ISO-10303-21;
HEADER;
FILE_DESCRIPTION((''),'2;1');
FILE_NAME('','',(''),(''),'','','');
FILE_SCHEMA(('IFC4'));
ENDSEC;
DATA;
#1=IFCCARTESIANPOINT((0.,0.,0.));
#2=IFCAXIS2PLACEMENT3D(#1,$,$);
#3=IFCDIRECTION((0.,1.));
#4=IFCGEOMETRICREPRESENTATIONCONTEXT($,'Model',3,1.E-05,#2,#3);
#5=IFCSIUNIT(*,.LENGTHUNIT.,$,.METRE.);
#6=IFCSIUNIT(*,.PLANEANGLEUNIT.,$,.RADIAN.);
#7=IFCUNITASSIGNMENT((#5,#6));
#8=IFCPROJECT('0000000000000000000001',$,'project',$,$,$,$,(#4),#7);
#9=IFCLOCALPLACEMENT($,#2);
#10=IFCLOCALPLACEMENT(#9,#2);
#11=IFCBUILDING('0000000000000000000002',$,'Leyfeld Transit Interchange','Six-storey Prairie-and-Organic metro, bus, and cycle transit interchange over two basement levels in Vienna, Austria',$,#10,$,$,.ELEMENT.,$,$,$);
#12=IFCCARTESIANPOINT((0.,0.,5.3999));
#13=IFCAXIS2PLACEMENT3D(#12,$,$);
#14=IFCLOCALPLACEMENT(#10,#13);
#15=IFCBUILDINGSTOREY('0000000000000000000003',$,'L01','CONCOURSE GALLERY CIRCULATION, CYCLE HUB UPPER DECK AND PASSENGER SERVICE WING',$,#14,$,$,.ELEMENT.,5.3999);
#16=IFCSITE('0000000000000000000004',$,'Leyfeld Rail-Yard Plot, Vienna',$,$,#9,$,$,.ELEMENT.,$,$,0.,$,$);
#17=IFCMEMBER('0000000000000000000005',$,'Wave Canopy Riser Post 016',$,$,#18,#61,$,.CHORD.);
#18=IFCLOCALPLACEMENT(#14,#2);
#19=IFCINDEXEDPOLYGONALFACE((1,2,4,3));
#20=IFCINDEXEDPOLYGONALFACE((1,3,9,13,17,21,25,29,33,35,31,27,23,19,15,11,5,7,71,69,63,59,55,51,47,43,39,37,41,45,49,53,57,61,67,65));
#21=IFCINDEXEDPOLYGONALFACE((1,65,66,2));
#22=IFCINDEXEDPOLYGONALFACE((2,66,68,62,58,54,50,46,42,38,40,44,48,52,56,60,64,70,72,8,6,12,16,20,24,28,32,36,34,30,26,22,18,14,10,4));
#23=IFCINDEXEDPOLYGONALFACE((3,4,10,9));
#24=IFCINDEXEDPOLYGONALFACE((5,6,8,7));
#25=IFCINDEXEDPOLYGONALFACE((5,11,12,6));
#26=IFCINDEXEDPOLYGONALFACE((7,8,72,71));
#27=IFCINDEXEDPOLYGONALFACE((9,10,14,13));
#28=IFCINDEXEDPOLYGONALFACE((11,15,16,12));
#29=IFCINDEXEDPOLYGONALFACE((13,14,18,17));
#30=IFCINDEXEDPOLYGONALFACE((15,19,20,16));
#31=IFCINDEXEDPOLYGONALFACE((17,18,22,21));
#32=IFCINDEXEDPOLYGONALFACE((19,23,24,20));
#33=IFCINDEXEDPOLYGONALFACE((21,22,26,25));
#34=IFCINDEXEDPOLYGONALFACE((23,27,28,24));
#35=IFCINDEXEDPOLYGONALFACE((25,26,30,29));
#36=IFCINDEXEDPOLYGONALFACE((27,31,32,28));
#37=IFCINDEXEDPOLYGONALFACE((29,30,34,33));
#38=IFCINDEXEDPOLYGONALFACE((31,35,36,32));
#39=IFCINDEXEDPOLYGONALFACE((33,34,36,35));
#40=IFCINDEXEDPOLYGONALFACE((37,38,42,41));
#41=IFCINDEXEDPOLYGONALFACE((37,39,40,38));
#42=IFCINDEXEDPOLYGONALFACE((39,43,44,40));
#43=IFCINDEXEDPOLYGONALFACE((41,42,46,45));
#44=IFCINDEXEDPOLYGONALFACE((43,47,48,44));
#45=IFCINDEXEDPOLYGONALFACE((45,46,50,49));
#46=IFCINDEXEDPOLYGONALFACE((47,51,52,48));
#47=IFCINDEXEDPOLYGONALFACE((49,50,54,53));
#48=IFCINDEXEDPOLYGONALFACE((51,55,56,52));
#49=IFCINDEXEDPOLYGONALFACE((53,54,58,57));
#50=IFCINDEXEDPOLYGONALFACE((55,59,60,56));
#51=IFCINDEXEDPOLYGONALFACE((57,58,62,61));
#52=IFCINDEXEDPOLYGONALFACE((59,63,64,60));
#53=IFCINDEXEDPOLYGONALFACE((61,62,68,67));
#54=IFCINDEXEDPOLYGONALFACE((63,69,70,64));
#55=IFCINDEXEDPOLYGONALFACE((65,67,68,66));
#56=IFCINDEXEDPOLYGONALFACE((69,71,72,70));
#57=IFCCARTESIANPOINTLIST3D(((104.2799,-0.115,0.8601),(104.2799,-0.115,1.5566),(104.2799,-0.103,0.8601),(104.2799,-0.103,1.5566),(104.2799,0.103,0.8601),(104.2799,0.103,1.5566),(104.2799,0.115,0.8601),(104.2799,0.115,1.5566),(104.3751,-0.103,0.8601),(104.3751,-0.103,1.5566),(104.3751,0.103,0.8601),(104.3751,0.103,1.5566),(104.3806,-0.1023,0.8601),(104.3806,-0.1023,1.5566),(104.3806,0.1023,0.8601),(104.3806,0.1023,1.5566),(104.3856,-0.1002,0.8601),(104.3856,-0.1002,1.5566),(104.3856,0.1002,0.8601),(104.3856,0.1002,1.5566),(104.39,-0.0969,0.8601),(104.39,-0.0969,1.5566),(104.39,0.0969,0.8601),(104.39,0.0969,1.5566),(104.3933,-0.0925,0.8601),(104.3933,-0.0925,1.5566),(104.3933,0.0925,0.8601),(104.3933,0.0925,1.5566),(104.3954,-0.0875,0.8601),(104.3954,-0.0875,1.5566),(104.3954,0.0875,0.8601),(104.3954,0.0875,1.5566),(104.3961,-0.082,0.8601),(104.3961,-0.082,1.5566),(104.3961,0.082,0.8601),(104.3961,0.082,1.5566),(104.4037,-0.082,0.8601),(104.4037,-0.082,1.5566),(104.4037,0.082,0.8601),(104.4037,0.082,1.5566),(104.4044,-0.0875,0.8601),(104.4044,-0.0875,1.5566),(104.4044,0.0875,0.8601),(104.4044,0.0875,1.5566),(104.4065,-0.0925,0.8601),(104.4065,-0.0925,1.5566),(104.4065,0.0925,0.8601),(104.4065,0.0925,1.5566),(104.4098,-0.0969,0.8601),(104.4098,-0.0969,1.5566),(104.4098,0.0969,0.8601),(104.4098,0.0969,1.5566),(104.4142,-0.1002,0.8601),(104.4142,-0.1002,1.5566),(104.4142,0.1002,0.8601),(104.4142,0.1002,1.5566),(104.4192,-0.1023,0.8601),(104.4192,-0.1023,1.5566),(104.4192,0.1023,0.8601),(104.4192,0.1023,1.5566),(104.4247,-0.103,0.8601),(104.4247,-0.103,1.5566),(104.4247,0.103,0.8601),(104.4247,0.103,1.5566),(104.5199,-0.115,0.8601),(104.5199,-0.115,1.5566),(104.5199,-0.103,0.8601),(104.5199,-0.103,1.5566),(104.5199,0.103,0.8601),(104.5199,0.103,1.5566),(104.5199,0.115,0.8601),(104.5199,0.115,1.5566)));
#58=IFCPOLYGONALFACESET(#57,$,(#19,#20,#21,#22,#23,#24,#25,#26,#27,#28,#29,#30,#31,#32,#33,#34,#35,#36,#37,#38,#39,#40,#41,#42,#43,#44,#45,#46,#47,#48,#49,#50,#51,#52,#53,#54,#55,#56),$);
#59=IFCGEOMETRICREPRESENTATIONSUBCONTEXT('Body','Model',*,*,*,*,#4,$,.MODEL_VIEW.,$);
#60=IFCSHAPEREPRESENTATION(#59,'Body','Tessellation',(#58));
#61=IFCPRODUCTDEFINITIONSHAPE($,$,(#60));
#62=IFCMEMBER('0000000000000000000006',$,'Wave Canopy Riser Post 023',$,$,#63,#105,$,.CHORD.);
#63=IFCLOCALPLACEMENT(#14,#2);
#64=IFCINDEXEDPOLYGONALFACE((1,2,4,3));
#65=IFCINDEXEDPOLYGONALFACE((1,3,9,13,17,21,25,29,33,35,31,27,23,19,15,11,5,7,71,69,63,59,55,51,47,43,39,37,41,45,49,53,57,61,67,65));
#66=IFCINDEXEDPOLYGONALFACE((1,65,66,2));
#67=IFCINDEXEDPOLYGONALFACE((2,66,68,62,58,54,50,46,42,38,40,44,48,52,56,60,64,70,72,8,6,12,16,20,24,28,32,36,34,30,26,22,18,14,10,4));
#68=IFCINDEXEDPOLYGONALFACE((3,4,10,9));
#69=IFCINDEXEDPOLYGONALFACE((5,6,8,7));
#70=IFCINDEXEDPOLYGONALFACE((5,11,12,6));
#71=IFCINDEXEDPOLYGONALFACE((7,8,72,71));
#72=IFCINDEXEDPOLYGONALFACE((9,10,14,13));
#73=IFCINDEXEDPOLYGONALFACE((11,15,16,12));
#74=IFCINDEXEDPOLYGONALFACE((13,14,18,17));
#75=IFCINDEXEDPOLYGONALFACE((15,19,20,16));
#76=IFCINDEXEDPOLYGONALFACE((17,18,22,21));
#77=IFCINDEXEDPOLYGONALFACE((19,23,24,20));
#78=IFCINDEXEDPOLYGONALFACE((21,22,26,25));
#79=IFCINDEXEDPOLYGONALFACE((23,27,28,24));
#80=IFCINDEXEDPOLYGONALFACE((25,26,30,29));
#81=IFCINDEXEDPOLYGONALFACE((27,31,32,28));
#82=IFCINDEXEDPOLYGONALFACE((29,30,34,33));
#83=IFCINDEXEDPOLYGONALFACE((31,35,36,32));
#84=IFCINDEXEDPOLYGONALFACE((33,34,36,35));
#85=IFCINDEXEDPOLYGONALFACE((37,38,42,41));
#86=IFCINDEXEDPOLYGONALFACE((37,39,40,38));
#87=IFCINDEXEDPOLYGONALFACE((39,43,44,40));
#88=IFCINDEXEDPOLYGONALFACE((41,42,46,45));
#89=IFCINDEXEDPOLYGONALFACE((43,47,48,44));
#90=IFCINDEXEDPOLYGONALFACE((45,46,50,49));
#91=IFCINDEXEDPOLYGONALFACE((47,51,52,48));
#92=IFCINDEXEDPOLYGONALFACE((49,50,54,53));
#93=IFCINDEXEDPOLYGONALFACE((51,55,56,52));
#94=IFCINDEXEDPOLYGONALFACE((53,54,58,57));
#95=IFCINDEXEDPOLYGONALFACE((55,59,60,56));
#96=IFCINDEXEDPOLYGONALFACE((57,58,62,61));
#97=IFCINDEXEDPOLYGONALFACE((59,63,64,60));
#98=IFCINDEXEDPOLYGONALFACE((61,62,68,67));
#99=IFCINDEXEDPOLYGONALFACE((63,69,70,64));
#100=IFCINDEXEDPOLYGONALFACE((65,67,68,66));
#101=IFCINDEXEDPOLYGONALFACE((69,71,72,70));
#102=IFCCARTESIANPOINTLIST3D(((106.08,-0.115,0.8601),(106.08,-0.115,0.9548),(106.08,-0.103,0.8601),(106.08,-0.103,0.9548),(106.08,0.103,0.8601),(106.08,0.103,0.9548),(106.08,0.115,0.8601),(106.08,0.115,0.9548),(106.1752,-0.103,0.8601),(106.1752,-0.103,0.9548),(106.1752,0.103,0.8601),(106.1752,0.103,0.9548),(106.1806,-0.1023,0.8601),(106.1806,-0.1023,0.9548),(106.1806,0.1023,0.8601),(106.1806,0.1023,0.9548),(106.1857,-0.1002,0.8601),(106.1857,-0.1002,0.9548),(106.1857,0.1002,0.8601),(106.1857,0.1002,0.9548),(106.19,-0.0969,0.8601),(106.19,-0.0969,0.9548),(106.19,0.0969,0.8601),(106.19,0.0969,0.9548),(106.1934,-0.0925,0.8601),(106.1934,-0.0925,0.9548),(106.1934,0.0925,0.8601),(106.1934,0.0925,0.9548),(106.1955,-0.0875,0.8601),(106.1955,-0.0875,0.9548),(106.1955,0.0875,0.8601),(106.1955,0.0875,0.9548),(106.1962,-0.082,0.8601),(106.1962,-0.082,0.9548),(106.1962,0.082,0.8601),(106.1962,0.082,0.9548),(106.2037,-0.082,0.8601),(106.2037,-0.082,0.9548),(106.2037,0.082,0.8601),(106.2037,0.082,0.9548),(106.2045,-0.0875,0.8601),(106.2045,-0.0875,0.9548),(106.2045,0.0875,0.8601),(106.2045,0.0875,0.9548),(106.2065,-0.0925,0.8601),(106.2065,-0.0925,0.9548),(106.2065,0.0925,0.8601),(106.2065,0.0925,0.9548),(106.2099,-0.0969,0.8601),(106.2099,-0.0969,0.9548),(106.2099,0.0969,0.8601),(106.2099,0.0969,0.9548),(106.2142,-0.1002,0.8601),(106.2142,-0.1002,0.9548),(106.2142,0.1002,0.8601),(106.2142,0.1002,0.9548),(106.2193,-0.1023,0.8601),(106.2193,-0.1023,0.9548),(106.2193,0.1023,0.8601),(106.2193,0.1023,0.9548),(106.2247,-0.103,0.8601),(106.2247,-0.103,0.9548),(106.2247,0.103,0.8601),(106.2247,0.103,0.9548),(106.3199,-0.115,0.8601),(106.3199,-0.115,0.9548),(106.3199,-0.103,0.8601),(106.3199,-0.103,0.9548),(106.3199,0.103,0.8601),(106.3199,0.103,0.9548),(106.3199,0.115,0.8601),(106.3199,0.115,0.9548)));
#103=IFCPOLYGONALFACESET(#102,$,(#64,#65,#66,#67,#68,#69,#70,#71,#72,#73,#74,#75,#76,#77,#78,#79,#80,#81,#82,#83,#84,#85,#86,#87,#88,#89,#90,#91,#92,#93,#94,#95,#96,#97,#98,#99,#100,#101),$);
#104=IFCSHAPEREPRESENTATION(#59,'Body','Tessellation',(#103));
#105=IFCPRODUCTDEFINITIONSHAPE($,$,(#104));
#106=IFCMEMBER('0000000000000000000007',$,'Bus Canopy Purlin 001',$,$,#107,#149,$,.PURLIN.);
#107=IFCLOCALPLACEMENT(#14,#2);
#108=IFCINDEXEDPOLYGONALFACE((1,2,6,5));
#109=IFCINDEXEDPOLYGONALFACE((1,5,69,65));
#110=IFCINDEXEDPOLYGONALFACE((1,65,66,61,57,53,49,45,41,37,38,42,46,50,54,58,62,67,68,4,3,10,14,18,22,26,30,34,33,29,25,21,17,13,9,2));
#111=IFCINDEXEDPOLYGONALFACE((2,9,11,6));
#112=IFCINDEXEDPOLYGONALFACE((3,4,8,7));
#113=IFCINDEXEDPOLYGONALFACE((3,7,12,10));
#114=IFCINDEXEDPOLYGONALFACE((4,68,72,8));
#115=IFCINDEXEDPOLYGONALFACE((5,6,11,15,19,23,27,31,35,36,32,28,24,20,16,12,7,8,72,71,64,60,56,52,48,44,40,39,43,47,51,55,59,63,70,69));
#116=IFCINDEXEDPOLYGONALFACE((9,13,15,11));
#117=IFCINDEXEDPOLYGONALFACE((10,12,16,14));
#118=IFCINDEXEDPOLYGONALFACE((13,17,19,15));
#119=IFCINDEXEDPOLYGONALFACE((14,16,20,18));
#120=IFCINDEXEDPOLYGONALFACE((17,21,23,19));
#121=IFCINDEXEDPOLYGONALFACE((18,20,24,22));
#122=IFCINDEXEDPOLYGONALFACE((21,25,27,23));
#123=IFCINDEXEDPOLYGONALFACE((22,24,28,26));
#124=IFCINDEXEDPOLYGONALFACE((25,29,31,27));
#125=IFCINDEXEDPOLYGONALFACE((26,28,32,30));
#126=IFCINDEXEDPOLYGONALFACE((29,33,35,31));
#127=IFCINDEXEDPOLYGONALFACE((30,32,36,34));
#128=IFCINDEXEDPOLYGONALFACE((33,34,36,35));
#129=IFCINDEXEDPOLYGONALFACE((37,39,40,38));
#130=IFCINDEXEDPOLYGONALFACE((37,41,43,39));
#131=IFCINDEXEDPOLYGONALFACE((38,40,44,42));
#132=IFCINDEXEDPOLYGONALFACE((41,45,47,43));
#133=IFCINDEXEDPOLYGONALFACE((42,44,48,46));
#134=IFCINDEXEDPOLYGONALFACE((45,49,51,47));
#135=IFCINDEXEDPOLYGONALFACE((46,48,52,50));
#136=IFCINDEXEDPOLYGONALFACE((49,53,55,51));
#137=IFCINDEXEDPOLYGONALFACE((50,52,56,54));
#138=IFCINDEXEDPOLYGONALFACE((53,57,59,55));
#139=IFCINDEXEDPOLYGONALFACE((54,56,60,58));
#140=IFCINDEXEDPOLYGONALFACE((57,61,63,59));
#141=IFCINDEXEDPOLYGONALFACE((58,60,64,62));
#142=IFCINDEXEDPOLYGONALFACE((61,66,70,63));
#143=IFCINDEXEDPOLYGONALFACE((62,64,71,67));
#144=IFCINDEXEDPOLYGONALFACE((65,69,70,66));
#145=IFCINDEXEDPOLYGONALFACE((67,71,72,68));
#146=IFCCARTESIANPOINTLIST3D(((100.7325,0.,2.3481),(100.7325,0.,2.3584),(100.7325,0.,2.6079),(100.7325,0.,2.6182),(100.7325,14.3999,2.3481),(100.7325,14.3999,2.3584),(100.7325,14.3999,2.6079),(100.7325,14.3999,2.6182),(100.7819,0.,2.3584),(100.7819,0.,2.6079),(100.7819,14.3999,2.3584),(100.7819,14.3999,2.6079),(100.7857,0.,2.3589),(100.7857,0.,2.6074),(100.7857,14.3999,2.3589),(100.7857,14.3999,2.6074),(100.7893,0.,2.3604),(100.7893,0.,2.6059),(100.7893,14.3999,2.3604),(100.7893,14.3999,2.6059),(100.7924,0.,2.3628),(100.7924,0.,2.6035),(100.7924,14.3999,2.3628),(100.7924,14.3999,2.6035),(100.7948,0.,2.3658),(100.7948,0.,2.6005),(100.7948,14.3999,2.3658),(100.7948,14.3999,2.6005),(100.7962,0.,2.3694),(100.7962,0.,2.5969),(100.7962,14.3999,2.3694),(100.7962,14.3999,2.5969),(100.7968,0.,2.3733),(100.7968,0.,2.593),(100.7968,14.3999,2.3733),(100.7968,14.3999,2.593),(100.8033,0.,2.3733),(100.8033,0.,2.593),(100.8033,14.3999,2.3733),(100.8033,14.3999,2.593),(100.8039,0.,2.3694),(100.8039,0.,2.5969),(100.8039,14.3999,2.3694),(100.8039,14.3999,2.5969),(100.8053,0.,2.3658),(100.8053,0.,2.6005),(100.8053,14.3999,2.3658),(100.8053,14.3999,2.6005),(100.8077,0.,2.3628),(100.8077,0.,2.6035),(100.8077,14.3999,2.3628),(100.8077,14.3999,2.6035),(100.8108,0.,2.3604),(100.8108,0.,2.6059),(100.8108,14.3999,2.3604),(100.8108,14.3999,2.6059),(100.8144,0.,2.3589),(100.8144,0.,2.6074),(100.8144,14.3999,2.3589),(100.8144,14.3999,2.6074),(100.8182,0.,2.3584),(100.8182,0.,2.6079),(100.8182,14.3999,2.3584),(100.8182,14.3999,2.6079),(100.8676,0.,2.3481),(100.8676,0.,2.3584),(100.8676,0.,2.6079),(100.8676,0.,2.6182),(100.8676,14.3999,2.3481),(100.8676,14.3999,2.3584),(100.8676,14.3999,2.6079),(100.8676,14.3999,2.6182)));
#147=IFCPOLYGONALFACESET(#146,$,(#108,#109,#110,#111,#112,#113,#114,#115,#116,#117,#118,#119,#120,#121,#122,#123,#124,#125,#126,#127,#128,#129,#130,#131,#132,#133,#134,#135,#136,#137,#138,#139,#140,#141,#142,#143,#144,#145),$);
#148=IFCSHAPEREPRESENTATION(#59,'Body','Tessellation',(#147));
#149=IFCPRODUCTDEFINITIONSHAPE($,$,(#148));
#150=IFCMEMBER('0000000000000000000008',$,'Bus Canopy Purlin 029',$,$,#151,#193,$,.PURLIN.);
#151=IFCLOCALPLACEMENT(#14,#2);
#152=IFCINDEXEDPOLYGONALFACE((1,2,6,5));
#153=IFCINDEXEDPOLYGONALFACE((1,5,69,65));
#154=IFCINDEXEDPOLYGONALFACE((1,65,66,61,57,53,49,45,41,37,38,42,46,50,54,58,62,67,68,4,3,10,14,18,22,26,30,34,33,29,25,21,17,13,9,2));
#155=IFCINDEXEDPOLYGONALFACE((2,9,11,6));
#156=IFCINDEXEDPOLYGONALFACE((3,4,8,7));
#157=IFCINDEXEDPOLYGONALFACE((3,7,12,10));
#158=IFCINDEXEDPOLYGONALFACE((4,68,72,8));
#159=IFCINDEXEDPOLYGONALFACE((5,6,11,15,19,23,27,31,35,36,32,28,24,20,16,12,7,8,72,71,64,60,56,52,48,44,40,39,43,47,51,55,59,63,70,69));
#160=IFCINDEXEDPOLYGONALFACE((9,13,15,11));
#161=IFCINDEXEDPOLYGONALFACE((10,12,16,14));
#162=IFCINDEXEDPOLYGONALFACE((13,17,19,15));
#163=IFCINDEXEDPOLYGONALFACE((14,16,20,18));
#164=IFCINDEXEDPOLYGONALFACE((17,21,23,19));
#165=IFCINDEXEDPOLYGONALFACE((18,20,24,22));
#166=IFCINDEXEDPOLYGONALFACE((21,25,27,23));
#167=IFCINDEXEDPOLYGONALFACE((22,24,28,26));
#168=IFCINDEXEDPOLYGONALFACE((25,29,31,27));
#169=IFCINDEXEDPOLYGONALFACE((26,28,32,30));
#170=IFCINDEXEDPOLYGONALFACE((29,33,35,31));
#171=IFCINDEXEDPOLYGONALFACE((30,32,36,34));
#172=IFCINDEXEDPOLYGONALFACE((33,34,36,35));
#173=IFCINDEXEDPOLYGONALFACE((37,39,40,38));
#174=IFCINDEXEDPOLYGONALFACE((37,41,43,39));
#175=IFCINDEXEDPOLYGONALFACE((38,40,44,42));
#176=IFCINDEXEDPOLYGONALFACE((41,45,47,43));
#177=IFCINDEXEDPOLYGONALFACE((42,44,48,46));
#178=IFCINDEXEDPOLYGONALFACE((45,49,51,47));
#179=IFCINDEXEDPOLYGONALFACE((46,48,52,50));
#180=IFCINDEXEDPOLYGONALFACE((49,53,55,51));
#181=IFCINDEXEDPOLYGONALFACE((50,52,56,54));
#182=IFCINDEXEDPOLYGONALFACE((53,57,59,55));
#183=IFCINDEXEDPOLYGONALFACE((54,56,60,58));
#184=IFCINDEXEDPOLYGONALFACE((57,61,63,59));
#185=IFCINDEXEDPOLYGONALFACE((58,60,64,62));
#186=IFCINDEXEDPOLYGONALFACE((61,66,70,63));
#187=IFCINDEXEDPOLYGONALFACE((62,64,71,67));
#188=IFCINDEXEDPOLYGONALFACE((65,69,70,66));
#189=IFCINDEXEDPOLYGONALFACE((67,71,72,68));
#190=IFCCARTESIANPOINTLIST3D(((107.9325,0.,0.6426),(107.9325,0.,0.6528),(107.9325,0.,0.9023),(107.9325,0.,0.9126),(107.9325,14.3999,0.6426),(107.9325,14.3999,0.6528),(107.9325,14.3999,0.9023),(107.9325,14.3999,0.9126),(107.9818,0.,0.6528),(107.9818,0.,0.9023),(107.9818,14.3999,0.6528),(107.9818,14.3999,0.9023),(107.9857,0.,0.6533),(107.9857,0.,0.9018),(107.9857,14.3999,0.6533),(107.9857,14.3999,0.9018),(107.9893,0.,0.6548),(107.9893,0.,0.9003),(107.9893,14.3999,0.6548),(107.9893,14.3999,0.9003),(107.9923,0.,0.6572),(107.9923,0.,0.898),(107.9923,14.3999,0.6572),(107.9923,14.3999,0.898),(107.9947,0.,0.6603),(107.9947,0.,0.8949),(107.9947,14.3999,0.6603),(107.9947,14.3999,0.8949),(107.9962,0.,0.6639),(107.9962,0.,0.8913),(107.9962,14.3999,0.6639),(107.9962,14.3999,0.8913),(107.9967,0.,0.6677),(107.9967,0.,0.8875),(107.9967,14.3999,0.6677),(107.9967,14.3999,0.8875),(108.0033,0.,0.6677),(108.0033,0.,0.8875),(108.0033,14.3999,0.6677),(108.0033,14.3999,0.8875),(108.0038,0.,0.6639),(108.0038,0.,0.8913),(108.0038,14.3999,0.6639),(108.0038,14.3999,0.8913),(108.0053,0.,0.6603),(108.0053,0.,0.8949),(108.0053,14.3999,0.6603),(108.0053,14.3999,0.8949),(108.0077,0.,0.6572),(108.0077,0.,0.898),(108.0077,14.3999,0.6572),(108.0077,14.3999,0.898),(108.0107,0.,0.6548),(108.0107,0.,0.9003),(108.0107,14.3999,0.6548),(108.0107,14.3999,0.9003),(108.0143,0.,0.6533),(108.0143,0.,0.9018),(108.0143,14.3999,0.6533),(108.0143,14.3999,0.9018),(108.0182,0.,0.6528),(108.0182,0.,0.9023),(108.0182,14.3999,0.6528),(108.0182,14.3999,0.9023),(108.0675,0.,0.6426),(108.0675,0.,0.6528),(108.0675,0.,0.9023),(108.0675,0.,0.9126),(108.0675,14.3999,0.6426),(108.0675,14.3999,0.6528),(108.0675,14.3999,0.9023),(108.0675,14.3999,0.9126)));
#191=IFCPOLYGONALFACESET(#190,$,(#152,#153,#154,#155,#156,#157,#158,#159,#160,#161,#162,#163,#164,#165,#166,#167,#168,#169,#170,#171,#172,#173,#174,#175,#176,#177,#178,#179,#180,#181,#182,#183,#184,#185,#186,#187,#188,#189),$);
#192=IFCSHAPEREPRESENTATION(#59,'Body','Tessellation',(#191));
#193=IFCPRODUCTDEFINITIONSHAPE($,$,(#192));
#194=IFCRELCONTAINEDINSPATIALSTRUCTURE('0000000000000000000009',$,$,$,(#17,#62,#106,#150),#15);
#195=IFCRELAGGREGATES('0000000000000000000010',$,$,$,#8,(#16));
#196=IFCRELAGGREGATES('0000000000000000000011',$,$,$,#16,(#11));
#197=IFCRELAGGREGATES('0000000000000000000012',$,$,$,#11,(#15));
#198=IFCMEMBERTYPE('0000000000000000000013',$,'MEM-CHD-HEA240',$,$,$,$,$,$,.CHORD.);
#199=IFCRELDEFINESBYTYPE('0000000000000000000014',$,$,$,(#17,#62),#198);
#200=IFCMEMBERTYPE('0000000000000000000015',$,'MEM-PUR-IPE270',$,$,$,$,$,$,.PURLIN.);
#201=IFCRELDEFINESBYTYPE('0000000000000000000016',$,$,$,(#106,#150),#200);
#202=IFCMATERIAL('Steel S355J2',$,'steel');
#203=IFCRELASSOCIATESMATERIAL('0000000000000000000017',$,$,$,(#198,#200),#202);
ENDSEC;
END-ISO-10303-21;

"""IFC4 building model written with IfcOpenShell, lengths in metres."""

from ifc_helpers import new_model, si_unit, direction, frame, origin, origin_2d, place, context, subcontext, project, spatial, i_section, extrude, material, material_profile, profile_set, type_object, element, save


model = new_model("IFC4")

# Units and contexts
model_context = context("Model", 3, precision=1e-05, world=origin(), true_north=direction((0.0, 1.0)))
body_context = subcontext(model_context, "Body", "Model", "MODEL_VIEW")
ifc_project = project(units=[si_unit("LENGTHUNIT", "METRE"), si_unit("PLANEANGLEUNIT", "RADIAN")], contexts=[model_context])

# Site, building, storey
site_placement = place(None, origin())
site = spatial("IfcSite", under=ifc_project, at=site_placement, Name="Leyfeld Rail-Yard Plot, Vienna", CompositionType="ELEMENT", RefElevation=0.0)
building_placement = place(site_placement, origin())
building = spatial("IfcBuilding", under=site, at=building_placement, Name="Leyfeld Transit Interchange", Description="Six-storey Prairie-and-Organic metro, bus, and cycle transit interchange over two basement levels in Vienna, Austria", CompositionType="ELEMENT")
storey_placement = place(building_placement, frame((0.0, 0.0, 5.3999)))
storey = spatial("IfcBuildingStorey", under=building, at=storey_placement, Name="L01", Description="CONCOURSE GALLERY CIRCULATION, CYCLE HUB UPPER DECK AND PASSENGER SERVICE WING", CompositionType="ELEMENT", Elevation=5.3999)

# Shared definitions
ifc_material_1 = material(Name="Steel S355J2", Category="steel")

# Members
ifc_material_profile_1 = material_profile(ifc_material_1, i_section(OverallWidth=0.24, OverallDepth=0.23, WebThickness=0.0076, FlangeThickness=0.012, FilletRadius=0.021, at=origin_2d()), Name="HEA 240")
ifc_profile_set_1 = profile_set([ifc_material_profile_1], Name="Steel S355J2")
member_type_1 = type_object("IfcMemberType", Name="MEM-CHD-HEA240", PredefinedType="CHORD", material=ifc_profile_set_1)
member_1_placement = place(storey_placement, frame((104.3999, 0.0, 0.8601), z_axis=(0.0, 0.0, 1.0), x_axis=(1.0, 0.0, 0.0)))
element("IfcMember", 1, at=member_1_placement, inside=storey, type_object=member_type_1, Name="Wave Canopy Riser Post 016", PredefinedType="CHORD", context=body_context, shape_type="SweptSolid", body=[
    extrude(i_section(OverallWidth=0.24, OverallDepth=0.23, WebThickness=0.0076, FlangeThickness=0.012, FilletRadius=0.021, at=origin_2d()), origin(), (0.0, 0.0, 1.0), 0.6965),
])
member_2_placement = place(storey_placement, frame((106.2, 0.0, 0.8601), z_axis=(0.0, 0.0, 1.0), x_axis=(1.0, 0.0, 0.0)))
element("IfcMember", 2, at=member_2_placement, inside=storey, type_object=member_type_1, Name="Wave Canopy Riser Post 023", PredefinedType="CHORD", context=body_context, shape_type="SweptSolid", body=[
    extrude(i_section(OverallWidth=0.24, OverallDepth=0.23, WebThickness=0.0076, FlangeThickness=0.012, FilletRadius=0.021, at=origin_2d()), origin(), (0.0, 0.0, 1.0), 0.0947),
])
ifc_material_profile_2 = material_profile(ifc_material_1, i_section(OverallWidth=0.135, OverallDepth=0.27, WebThickness=0.0066, FlangeThickness=0.0103, FilletRadius=0.0149, at=origin_2d()), Name="IPE 270")
ifc_profile_set_2 = profile_set([ifc_material_profile_2], Name="Steel S355J2")
member_type_2 = type_object("IfcMemberType", Name="MEM-PUR-IPE270", PredefinedType="PURLIN", material=ifc_profile_set_2)
for number, where, z_axis, x_axis, name in (
    (3, (100.8, 0.0, 2.4832), (0.0, 1.0, 0.0), (-1.0, 0.0, 0.0), "Bus Canopy Purlin 001"),
    (4, (108.0, 0.0, 0.7776), (0.0, 1.0, 0.0), (-1.0, 0.0, 0.0), "Bus Canopy Purlin 029"),
):
    element("IfcMember", number, at=place(storey_placement, frame(where, z_axis=z_axis, x_axis=x_axis)), inside=storey, type_object=member_type_2, Name=name, PredefinedType="PURLIN", context=body_context, shape_type="SweptSolid", body=[
        extrude(i_section(OverallWidth=0.135, OverallDepth=0.27, WebThickness=0.0066, FlangeThickness=0.0103, FilletRadius=0.0149, at=origin_2d()), origin(), (0.0, 0.0, 1.0), 14.3999),
    ])

save(model, "model.ifc")
